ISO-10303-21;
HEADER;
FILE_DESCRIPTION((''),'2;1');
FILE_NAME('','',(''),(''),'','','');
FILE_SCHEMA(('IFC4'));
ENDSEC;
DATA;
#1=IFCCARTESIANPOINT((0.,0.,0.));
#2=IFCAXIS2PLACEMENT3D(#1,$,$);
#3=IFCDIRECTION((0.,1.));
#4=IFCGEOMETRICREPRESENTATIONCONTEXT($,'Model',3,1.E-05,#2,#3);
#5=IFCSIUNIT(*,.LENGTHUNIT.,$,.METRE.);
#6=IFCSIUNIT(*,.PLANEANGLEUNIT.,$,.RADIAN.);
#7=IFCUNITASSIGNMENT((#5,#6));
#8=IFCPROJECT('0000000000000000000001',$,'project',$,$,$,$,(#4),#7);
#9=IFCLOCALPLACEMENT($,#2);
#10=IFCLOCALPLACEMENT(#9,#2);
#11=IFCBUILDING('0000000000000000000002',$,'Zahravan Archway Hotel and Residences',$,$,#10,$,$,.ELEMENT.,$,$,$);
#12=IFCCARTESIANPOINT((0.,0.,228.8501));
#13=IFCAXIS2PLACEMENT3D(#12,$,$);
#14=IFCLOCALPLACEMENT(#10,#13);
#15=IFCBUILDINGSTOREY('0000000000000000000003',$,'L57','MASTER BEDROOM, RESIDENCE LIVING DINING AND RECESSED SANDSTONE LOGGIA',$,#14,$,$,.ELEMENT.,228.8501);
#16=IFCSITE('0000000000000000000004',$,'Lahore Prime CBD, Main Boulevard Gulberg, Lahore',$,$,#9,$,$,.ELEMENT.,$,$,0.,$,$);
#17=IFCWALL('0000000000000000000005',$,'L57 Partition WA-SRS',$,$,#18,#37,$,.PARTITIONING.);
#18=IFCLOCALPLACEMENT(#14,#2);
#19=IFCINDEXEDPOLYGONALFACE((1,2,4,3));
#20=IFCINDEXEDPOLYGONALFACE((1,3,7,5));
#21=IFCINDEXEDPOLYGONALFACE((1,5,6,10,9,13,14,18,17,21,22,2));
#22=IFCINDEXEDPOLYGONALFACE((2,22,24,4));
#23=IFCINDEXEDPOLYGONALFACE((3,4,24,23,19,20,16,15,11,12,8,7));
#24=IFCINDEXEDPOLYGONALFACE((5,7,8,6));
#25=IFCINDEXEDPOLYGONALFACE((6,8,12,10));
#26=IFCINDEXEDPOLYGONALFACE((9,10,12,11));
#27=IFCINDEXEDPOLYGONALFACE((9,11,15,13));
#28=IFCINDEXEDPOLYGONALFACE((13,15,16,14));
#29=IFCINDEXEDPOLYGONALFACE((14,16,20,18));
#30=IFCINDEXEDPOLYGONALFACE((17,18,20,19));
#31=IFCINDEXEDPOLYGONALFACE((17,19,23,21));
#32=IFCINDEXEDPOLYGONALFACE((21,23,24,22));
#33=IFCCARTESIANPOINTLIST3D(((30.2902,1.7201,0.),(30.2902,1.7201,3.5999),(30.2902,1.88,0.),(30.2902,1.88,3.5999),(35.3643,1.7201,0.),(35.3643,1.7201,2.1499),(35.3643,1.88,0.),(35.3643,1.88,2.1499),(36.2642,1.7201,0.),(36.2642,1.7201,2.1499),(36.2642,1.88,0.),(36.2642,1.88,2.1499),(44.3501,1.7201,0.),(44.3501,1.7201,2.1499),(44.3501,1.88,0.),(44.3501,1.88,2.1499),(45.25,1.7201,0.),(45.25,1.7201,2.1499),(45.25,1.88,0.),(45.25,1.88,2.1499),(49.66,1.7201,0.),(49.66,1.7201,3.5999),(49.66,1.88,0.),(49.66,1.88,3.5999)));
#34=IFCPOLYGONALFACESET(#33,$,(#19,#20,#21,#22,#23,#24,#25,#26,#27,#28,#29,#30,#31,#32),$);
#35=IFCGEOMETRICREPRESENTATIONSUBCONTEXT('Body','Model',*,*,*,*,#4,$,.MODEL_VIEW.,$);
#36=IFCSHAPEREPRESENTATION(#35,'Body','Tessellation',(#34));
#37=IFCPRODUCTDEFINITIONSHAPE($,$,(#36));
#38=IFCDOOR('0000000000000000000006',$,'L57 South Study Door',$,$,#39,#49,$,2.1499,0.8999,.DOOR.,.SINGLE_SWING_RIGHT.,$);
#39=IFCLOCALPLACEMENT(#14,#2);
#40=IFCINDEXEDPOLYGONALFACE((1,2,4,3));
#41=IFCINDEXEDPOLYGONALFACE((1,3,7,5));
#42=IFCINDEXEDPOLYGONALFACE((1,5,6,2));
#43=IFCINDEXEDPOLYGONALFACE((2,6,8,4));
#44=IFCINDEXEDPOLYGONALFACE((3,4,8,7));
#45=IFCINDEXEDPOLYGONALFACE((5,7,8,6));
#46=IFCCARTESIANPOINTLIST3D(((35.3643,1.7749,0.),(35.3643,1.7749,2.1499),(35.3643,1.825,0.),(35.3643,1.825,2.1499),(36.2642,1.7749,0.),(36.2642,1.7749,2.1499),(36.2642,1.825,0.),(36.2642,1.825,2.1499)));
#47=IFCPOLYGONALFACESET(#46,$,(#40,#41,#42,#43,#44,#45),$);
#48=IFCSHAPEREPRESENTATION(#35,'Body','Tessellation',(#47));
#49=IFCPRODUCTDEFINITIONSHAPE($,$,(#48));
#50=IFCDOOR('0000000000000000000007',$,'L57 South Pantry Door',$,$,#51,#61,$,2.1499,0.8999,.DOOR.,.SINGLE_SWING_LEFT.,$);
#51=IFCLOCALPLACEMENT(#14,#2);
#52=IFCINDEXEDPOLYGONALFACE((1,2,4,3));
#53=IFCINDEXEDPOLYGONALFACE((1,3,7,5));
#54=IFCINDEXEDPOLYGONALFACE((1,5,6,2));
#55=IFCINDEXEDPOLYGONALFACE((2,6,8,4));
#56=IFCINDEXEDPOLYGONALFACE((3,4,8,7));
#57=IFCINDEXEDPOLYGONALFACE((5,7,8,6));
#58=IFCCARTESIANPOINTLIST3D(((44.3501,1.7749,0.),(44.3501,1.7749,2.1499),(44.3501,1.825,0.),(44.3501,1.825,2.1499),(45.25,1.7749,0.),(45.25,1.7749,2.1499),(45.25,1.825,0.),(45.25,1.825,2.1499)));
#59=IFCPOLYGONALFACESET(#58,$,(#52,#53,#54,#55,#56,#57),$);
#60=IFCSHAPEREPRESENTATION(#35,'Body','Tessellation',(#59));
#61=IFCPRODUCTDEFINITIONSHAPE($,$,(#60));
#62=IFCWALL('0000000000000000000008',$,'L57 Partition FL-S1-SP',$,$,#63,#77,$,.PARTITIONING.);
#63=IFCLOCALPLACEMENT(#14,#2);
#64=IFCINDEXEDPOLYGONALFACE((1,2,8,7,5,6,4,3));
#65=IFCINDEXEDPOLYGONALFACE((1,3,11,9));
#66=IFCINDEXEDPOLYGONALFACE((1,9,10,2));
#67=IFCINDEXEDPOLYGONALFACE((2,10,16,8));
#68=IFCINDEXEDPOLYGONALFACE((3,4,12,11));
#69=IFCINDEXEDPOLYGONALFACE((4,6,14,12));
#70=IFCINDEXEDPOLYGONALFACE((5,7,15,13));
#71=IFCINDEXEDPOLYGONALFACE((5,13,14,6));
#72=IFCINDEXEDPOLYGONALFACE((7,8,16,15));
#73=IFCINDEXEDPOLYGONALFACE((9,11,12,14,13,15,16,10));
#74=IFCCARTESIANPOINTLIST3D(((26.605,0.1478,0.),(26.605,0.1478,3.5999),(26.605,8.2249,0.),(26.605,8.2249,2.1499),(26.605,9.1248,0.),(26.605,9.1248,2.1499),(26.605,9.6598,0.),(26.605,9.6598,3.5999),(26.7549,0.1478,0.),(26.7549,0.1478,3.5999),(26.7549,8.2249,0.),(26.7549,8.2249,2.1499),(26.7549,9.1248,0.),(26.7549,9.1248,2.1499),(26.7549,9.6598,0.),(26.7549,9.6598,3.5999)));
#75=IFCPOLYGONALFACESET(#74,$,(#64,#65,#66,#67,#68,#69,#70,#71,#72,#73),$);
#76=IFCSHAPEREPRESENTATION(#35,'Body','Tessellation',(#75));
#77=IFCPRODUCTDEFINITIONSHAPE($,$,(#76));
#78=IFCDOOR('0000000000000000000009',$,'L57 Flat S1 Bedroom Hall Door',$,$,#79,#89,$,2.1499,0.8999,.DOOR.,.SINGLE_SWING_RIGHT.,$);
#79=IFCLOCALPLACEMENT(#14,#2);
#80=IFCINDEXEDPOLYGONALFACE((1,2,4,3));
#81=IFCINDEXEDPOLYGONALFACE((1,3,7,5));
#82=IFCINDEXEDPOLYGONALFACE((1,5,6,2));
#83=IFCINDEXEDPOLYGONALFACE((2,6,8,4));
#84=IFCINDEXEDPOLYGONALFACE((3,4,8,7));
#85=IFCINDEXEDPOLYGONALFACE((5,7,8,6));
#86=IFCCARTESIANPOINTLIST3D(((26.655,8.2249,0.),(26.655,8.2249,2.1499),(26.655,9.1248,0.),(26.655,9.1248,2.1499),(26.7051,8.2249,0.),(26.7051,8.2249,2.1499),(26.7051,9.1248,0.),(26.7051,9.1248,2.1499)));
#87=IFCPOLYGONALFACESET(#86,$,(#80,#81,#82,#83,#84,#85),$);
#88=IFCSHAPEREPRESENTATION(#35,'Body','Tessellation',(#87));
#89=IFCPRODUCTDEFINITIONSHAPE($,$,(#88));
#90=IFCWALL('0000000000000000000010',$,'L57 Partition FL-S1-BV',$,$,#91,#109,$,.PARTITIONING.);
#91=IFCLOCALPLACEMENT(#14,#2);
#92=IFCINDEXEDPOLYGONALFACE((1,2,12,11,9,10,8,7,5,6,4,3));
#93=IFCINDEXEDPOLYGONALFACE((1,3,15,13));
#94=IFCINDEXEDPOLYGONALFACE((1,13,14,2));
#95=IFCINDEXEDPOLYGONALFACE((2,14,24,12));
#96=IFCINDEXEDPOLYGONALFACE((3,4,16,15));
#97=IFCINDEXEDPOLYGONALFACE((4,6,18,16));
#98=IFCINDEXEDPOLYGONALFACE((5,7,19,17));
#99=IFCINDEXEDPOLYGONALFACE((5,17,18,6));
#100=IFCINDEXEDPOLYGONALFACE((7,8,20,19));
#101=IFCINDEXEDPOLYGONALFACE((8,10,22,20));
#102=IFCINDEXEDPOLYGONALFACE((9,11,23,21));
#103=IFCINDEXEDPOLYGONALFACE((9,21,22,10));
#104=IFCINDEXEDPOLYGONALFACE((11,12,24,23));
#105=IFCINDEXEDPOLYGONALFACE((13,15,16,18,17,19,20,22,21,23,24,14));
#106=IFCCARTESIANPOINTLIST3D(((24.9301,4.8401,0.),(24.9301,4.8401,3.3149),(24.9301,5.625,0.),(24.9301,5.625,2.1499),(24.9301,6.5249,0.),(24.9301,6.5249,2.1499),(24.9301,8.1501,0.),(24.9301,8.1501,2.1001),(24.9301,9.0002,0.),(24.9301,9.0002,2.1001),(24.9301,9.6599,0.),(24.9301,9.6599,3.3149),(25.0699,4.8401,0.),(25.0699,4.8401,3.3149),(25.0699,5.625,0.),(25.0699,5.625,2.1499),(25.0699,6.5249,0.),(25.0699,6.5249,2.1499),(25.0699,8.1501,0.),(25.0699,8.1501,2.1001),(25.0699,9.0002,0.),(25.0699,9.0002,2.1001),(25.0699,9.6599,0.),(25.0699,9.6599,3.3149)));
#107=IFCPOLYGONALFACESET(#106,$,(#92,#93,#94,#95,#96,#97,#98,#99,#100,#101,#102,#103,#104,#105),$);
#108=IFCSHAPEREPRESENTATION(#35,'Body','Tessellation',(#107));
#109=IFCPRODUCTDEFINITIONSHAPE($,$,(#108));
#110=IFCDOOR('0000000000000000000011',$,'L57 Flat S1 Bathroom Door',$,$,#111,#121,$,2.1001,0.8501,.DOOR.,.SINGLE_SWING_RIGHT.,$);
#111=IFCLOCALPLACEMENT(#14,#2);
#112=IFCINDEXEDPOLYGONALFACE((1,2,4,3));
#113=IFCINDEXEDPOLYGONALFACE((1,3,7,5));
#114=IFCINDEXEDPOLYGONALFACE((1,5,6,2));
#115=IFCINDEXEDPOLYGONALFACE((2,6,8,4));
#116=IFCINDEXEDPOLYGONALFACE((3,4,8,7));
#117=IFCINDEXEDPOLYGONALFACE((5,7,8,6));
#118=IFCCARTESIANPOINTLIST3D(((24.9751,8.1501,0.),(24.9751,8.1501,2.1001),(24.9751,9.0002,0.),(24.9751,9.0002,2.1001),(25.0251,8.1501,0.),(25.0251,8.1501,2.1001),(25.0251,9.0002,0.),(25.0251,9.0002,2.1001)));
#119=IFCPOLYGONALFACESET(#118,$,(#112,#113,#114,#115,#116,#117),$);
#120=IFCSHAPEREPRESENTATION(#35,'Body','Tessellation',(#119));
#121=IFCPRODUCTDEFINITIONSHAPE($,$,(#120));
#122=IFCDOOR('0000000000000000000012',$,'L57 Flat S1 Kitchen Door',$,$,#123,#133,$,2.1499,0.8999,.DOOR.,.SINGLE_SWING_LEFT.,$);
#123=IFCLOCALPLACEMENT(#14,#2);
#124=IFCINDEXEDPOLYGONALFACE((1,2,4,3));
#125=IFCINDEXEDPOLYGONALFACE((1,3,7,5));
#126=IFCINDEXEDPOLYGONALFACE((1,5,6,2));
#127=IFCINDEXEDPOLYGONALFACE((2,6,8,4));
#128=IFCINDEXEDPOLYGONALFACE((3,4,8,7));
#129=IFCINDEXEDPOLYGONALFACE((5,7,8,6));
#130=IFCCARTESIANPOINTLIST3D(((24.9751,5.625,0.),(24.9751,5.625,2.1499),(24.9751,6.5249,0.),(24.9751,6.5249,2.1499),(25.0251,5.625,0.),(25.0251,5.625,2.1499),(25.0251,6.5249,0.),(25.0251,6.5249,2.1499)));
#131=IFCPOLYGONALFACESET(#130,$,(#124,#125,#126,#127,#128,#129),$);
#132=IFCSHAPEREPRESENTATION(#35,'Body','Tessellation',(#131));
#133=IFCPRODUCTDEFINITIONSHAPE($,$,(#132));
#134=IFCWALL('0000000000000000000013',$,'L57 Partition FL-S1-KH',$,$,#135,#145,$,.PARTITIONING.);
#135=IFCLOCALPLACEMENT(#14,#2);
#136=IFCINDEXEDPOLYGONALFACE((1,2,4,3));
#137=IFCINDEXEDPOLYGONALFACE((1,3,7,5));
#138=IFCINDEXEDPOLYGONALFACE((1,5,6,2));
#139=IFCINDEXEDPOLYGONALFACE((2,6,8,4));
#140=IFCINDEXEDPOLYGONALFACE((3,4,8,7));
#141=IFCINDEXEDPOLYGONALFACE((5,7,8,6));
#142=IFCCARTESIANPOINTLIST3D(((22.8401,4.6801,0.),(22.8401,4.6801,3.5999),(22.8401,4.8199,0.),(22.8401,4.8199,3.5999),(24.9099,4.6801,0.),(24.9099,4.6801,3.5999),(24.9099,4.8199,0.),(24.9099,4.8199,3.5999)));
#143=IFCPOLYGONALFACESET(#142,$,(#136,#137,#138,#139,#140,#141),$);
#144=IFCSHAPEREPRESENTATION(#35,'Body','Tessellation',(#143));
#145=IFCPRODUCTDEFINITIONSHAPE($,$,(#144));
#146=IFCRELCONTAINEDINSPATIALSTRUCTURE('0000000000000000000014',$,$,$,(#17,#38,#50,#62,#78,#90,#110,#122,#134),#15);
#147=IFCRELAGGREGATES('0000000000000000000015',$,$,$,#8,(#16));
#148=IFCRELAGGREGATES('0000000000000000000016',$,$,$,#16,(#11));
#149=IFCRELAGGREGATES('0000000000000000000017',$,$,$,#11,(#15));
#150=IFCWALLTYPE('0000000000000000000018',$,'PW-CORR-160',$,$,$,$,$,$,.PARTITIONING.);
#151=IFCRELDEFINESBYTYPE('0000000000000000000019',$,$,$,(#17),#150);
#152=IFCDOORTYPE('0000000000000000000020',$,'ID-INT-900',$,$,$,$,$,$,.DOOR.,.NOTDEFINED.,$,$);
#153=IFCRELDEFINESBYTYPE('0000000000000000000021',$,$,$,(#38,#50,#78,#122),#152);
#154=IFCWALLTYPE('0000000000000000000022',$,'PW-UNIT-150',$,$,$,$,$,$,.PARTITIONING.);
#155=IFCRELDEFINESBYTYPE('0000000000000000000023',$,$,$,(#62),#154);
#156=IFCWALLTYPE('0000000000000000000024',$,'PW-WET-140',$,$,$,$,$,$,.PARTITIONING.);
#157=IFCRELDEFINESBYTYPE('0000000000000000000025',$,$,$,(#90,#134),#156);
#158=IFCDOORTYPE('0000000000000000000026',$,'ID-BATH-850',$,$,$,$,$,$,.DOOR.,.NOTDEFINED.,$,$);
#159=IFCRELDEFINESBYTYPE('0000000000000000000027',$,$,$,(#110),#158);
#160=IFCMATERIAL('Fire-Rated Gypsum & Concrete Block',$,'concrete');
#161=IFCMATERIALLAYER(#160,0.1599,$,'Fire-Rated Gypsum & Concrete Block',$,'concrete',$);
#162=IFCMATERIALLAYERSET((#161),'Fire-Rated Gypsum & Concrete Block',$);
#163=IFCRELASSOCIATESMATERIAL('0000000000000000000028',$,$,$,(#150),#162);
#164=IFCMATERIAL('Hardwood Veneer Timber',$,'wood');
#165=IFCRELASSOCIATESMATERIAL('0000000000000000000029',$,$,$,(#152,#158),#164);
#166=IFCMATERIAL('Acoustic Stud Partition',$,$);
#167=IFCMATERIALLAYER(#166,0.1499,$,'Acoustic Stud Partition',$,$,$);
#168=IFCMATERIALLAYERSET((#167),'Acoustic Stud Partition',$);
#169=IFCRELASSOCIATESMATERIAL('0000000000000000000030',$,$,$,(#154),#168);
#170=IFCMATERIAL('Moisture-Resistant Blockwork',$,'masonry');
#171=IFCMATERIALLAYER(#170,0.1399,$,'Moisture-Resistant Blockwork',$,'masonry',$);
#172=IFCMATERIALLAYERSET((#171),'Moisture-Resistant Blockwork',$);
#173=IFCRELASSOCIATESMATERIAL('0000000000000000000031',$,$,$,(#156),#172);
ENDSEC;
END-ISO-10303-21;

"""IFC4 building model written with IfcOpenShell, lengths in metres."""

from ifc_helpers import new_model, si_unit, direction, frame, frame_2d, origin, place, context, subcontext, project, spatial, rectangle, extrude, source, transform, mapped, material, layer, layer_set, type_object, type_shapes, element, fill, save


model = new_model("IFC4")

# Units and contexts
model_context = context("Model", 3, precision=1e-05, world=origin(), true_north=direction((0.0, 1.0)))
body_context = subcontext(model_context, "Body", "Model", "MODEL_VIEW")
ifc_project = project(units=[si_unit("LENGTHUNIT", "METRE"), si_unit("PLANEANGLEUNIT", "RADIAN")], contexts=[model_context])

# Site, building, storey
site_placement = place(None, origin())
site = spatial("IfcSite", under=ifc_project, at=site_placement, Name="Lahore Prime CBD, Main Boulevard Gulberg, Lahore", CompositionType="ELEMENT", RefElevation=0.0)
building_placement = place(site_placement, origin())
building = spatial("IfcBuilding", under=site, at=building_placement, Name="Zahravan Archway Hotel and Residences", CompositionType="ELEMENT")
storey_placement = place(building_placement, frame((0.0, 0.0, 228.8501)))
storey = spatial("IfcBuildingStorey", under=building, at=storey_placement, Name="L57", Description="MASTER BEDROOM, RESIDENCE LIVING DINING AND RECESSED SANDSTONE LOGGIA", CompositionType="ELEMENT", Elevation=228.8501)

# Shared definitions
ifc_material_1 = material(Name="Fire-Rated Gypsum & Concrete Block", Category="concrete")

# Shared definitions
ifc_layer_1 = layer(ifc_material_1, 0.1599, Name="Fire-Rated Gypsum & Concrete Block", Category="concrete")
ifc_layer_set_1 = layer_set([ifc_layer_1], Name="Fire-Rated Gypsum & Concrete Block")
wall_type_1 = type_object("IfcWallType", Name="PW-CORR-160", PredefinedType="PARTITIONING", material=ifc_layer_set_1)

# Wall, openings, doors
wall_1_placement = place(storey_placement, frame((30.29, 1.8, 0.0), z_axis=(0.0, 0.0, 1.0), x_axis=(1.0, 0.0, 0.0)))
wall_1 = element("IfcWall", 1, at=wall_1_placement, inside=storey, type_object=wall_type_1, Name="L57 Partition WA-SRS", PredefinedType="PARTITIONING", context=body_context, shape_type="SweptSolid", body=[
    extrude(rectangle(XDim=19.3699, YDim=0.1599, at=frame_2d((9.6851, 0.0))), origin(), (0.0, 0.0, 1.0), 3.5999),
])
opening_1_placement = place(wall_1_placement, frame((5.0742, 0.0, 0.0)))
opening_1 = element("IfcOpeningElement", 2, at=opening_1_placement, cuts=wall_1, PredefinedType="OPENING", context=body_context, shape_type="SweptSolid", body=[
    extrude(rectangle(XDim=0.8999, YDim=2.1499, at=frame_2d((0.45, 1.075))), frame((0.0, 0.0898, 0.0), z_axis=(0.0, -1.0, 0.0), x_axis=(1.0, 0.0, 0.0)), (0.0, 0.0, 1.0), 0.1799),
])
opening_2_placement = place(wall_1_placement, frame((14.0601, 0.0, 0.0)))
opening_2 = element("IfcOpeningElement", 3, at=opening_2_placement, cuts=wall_1, PredefinedType="OPENING", context=body_context, shape_type="SweptSolid", body=[
    extrude(rectangle(XDim=0.8999, YDim=2.1499, at=frame_2d((0.45, 1.075))), frame((0.0, 0.0898, 0.0), z_axis=(0.0, -1.0, 0.0), x_axis=(1.0, 0.0, 0.0)), (0.0, 0.0, 1.0), 0.1799),
])
ifc_material_2 = material(Name="Hardwood Veneer Timber", Category="wood")
door_type_1 = type_object("IfcDoorType", Name="ID-INT-900", OperationType="NOTDEFINED", PredefinedType="DOOR", material=ifc_material_2)
shared_shape_1 = source(origin(), body_context, "Body", "SweptSolid", [
    extrude(rectangle(XDim=0.8999, YDim=2.1499, at=frame_2d((0.45, 1.075))), frame((0.0, 0.0249, 0.0), z_axis=(0.0, -1.0, 0.0), x_axis=(1.0, 0.0, 0.0)), (0.0, 0.0, 1.0), 0.05),
])
type_shapes(door_type_1, [shared_shape_1])
door_1_placement = place(opening_1_placement, origin())
door_1 = element("IfcDoor", 4, at=door_1_placement, inside=storey, type_object=door_type_1, Name="L57 South Study Door", OperationType="SINGLE_SWING_RIGHT", OverallHeight=2.1499, OverallWidth=0.8999, PredefinedType="DOOR", context=body_context, shape_type="MappedRepresentation", body=[
    mapped(shared_shape_1, transform((0.0, 0.0, 0.0), scale=1.0)),
])
fill(opening_1, door_1)
door_2_placement = place(opening_2_placement, origin())
door_2 = element("IfcDoor", 5, at=door_2_placement, inside=storey, type_object=door_type_1, Name="L57 South Pantry Door", OperationType="SINGLE_SWING_LEFT", OverallHeight=2.1499, OverallWidth=0.8999, PredefinedType="DOOR", context=body_context, shape_type="MappedRepresentation", body=[
    mapped(shared_shape_1, transform((0.0, 0.0, 0.0), scale=1.0)),
])
fill(opening_2, door_2)

# Wall, opening, door
ifc_material_3 = material(Name="Acoustic Stud Partition")
ifc_layer_2 = layer(ifc_material_3, 0.1499, Name="Acoustic Stud Partition")
ifc_layer_set_2 = layer_set([ifc_layer_2], Name="Acoustic Stud Partition")
wall_type_2 = type_object("IfcWallType", Name="PW-UNIT-150", PredefinedType="PARTITIONING", material=ifc_layer_set_2)
wall_2_placement = place(storey_placement, frame((26.6799, 0.1479, 0.0), z_axis=(0.0, 0.0, 1.0), x_axis=(0.0, 1.0, 0.0)))
wall_2 = element("IfcWall", 6, at=wall_2_placement, inside=storey, type_object=wall_type_2, Name="L57 Partition FL-S1-SP", PredefinedType="PARTITIONING", context=body_context, shape_type="SweptSolid", body=[
    extrude(rectangle(XDim=9.512, YDim=0.1499, at=frame_2d((4.7559, 0.0))), origin(), (0.0, 0.0, 1.0), 3.5999),
])
opening_3_placement = place(wall_2_placement, frame((8.0769, 0.0, 0.0)))
opening_3 = element("IfcOpeningElement", 7, at=opening_3_placement, cuts=wall_2, PredefinedType="OPENING", context=body_context, shape_type="SweptSolid", body=[
    extrude(rectangle(XDim=0.8999, YDim=2.1499, at=frame_2d((0.45, 1.075))), frame((0.0, 0.085, 0.0), z_axis=(0.0, -1.0, 0.0), x_axis=(1.0, 0.0, 0.0)), (0.0, 0.0, 1.0), 0.1699),
])
door_3_placement = place(opening_3_placement, origin())
door_3 = element("IfcDoor", 8, at=door_3_placement, inside=storey, type_object=door_type_1, Name="L57 Flat S1 Bedroom Hall Door", OperationType="SINGLE_SWING_RIGHT", OverallHeight=2.1499, OverallWidth=0.8999, PredefinedType="DOOR", context=body_context, shape_type="MappedRepresentation", body=[
    mapped(shared_shape_1, transform((0.0, 0.0, 0.0), scale=1.0)),
])
fill(opening_3, door_3)

# Wall, openings, doors
ifc_material_4 = material(Name="Moisture-Resistant Blockwork", Category="masonry")
ifc_layer_3 = layer(ifc_material_4, 0.1399, Name="Moisture-Resistant Blockwork", Category="masonry")
ifc_layer_set_3 = layer_set([ifc_layer_3], Name="Moisture-Resistant Blockwork")
wall_type_3 = type_object("IfcWallType", Name="PW-WET-140", PredefinedType="PARTITIONING", material=ifc_layer_set_3)
wall_3_placement = place(storey_placement, frame((25.0, 4.8401, 0.0), z_axis=(0.0, 0.0, 1.0), x_axis=(0.0, 1.0, 0.0)))
wall_3 = element("IfcWall", 9, at=wall_3_placement, inside=storey, type_object=wall_type_3, Name="L57 Partition FL-S1-BV", PredefinedType="PARTITIONING", context=body_context, shape_type="SweptSolid", body=[
    extrude(rectangle(XDim=4.8198, YDim=0.1399, at=frame_2d((2.4099, 0.0))), origin(), (0.0, 0.0, 1.0), 3.3149),
])
opening_4_placement = place(wall_3_placement, frame((0.7849, 0.0, 0.0)))
opening_4 = element("IfcOpeningElement", 10, at=opening_4_placement, cuts=wall_3, PredefinedType="OPENING", context=body_context, shape_type="SweptSolid", body=[
    extrude(rectangle(XDim=0.8999, YDim=2.1499, at=frame_2d((0.45, 1.075))), frame((0.0, 0.0801, 0.0), z_axis=(0.0, -1.0, 0.0), x_axis=(1.0, 0.0, 0.0)), (0.0, 0.0, 1.0), 0.1599),
])
opening_5_placement = place(wall_3_placement, frame((3.3101, 0.0, 0.0)))
opening_5 = element("IfcOpeningElement", 11, at=opening_5_placement, cuts=wall_3, PredefinedType="OPENING", context=body_context, shape_type="SweptSolid", body=[
    extrude(rectangle(XDim=0.8501, YDim=2.1001, at=frame_2d((0.425, 1.05))), frame((0.0, 0.0801, 0.0), z_axis=(0.0, -1.0, 0.0), x_axis=(1.0, 0.0, 0.0)), (0.0, 0.0, 1.0), 0.1599),
])
door_type_2 = type_object("IfcDoorType", Name="ID-BATH-850", OperationType="NOTDEFINED", PredefinedType="DOOR", material=ifc_material_2)
shared_shape_2 = source(origin(), body_context, "Body", "SweptSolid", [
    extrude(rectangle(XDim=0.8501, YDim=2.1001, at=frame_2d((0.425, 1.05))), frame((0.0, 0.0249, 0.0), z_axis=(0.0, -1.0, 0.0), x_axis=(1.0, 0.0, 0.0)), (0.0, 0.0, 1.0), 0.05),
])
type_shapes(door_type_2, [shared_shape_2])
door_4_placement = place(opening_5_placement, origin())
door_4 = element("IfcDoor", 12, at=door_4_placement, inside=storey, type_object=door_type_2, Name="L57 Flat S1 Bathroom Door", OperationType="SINGLE_SWING_RIGHT", OverallHeight=2.1001, OverallWidth=0.8501, PredefinedType="DOOR", context=body_context, shape_type="MappedRepresentation", body=[
    mapped(shared_shape_2, transform((0.0, 0.0, 0.0), scale=1.0)),
])
fill(opening_5, door_4)
door_5_placement = place(opening_4_placement, origin())
door_5 = element("IfcDoor", 13, at=door_5_placement, inside=storey, type_object=door_type_1, Name="L57 Flat S1 Kitchen Door", OperationType="SINGLE_SWING_LEFT", OverallHeight=2.1499, OverallWidth=0.8999, PredefinedType="DOOR", context=body_context, shape_type="MappedRepresentation", body=[
    mapped(shared_shape_1, transform((0.0, 0.0, 0.0), scale=1.0)),
])
fill(opening_4, door_5)

# Wall
wall_4_placement = place(storey_placement, frame((22.8401, 4.75, 0.0), z_axis=(0.0, 0.0, 1.0), x_axis=(1.0, 0.0, 0.0)))
element("IfcWall", 14, at=wall_4_placement, inside=storey, type_object=wall_type_3, Name="L57 Partition FL-S1-KH", PredefinedType="PARTITIONING", context=body_context, shape_type="SweptSolid", body=[
    extrude(rectangle(XDim=2.0698, YDim=0.1399, at=frame_2d((1.0349, 0.0))), origin(), (0.0, 0.0, 1.0), 3.5999),
])

save(model, "model.ifc")
